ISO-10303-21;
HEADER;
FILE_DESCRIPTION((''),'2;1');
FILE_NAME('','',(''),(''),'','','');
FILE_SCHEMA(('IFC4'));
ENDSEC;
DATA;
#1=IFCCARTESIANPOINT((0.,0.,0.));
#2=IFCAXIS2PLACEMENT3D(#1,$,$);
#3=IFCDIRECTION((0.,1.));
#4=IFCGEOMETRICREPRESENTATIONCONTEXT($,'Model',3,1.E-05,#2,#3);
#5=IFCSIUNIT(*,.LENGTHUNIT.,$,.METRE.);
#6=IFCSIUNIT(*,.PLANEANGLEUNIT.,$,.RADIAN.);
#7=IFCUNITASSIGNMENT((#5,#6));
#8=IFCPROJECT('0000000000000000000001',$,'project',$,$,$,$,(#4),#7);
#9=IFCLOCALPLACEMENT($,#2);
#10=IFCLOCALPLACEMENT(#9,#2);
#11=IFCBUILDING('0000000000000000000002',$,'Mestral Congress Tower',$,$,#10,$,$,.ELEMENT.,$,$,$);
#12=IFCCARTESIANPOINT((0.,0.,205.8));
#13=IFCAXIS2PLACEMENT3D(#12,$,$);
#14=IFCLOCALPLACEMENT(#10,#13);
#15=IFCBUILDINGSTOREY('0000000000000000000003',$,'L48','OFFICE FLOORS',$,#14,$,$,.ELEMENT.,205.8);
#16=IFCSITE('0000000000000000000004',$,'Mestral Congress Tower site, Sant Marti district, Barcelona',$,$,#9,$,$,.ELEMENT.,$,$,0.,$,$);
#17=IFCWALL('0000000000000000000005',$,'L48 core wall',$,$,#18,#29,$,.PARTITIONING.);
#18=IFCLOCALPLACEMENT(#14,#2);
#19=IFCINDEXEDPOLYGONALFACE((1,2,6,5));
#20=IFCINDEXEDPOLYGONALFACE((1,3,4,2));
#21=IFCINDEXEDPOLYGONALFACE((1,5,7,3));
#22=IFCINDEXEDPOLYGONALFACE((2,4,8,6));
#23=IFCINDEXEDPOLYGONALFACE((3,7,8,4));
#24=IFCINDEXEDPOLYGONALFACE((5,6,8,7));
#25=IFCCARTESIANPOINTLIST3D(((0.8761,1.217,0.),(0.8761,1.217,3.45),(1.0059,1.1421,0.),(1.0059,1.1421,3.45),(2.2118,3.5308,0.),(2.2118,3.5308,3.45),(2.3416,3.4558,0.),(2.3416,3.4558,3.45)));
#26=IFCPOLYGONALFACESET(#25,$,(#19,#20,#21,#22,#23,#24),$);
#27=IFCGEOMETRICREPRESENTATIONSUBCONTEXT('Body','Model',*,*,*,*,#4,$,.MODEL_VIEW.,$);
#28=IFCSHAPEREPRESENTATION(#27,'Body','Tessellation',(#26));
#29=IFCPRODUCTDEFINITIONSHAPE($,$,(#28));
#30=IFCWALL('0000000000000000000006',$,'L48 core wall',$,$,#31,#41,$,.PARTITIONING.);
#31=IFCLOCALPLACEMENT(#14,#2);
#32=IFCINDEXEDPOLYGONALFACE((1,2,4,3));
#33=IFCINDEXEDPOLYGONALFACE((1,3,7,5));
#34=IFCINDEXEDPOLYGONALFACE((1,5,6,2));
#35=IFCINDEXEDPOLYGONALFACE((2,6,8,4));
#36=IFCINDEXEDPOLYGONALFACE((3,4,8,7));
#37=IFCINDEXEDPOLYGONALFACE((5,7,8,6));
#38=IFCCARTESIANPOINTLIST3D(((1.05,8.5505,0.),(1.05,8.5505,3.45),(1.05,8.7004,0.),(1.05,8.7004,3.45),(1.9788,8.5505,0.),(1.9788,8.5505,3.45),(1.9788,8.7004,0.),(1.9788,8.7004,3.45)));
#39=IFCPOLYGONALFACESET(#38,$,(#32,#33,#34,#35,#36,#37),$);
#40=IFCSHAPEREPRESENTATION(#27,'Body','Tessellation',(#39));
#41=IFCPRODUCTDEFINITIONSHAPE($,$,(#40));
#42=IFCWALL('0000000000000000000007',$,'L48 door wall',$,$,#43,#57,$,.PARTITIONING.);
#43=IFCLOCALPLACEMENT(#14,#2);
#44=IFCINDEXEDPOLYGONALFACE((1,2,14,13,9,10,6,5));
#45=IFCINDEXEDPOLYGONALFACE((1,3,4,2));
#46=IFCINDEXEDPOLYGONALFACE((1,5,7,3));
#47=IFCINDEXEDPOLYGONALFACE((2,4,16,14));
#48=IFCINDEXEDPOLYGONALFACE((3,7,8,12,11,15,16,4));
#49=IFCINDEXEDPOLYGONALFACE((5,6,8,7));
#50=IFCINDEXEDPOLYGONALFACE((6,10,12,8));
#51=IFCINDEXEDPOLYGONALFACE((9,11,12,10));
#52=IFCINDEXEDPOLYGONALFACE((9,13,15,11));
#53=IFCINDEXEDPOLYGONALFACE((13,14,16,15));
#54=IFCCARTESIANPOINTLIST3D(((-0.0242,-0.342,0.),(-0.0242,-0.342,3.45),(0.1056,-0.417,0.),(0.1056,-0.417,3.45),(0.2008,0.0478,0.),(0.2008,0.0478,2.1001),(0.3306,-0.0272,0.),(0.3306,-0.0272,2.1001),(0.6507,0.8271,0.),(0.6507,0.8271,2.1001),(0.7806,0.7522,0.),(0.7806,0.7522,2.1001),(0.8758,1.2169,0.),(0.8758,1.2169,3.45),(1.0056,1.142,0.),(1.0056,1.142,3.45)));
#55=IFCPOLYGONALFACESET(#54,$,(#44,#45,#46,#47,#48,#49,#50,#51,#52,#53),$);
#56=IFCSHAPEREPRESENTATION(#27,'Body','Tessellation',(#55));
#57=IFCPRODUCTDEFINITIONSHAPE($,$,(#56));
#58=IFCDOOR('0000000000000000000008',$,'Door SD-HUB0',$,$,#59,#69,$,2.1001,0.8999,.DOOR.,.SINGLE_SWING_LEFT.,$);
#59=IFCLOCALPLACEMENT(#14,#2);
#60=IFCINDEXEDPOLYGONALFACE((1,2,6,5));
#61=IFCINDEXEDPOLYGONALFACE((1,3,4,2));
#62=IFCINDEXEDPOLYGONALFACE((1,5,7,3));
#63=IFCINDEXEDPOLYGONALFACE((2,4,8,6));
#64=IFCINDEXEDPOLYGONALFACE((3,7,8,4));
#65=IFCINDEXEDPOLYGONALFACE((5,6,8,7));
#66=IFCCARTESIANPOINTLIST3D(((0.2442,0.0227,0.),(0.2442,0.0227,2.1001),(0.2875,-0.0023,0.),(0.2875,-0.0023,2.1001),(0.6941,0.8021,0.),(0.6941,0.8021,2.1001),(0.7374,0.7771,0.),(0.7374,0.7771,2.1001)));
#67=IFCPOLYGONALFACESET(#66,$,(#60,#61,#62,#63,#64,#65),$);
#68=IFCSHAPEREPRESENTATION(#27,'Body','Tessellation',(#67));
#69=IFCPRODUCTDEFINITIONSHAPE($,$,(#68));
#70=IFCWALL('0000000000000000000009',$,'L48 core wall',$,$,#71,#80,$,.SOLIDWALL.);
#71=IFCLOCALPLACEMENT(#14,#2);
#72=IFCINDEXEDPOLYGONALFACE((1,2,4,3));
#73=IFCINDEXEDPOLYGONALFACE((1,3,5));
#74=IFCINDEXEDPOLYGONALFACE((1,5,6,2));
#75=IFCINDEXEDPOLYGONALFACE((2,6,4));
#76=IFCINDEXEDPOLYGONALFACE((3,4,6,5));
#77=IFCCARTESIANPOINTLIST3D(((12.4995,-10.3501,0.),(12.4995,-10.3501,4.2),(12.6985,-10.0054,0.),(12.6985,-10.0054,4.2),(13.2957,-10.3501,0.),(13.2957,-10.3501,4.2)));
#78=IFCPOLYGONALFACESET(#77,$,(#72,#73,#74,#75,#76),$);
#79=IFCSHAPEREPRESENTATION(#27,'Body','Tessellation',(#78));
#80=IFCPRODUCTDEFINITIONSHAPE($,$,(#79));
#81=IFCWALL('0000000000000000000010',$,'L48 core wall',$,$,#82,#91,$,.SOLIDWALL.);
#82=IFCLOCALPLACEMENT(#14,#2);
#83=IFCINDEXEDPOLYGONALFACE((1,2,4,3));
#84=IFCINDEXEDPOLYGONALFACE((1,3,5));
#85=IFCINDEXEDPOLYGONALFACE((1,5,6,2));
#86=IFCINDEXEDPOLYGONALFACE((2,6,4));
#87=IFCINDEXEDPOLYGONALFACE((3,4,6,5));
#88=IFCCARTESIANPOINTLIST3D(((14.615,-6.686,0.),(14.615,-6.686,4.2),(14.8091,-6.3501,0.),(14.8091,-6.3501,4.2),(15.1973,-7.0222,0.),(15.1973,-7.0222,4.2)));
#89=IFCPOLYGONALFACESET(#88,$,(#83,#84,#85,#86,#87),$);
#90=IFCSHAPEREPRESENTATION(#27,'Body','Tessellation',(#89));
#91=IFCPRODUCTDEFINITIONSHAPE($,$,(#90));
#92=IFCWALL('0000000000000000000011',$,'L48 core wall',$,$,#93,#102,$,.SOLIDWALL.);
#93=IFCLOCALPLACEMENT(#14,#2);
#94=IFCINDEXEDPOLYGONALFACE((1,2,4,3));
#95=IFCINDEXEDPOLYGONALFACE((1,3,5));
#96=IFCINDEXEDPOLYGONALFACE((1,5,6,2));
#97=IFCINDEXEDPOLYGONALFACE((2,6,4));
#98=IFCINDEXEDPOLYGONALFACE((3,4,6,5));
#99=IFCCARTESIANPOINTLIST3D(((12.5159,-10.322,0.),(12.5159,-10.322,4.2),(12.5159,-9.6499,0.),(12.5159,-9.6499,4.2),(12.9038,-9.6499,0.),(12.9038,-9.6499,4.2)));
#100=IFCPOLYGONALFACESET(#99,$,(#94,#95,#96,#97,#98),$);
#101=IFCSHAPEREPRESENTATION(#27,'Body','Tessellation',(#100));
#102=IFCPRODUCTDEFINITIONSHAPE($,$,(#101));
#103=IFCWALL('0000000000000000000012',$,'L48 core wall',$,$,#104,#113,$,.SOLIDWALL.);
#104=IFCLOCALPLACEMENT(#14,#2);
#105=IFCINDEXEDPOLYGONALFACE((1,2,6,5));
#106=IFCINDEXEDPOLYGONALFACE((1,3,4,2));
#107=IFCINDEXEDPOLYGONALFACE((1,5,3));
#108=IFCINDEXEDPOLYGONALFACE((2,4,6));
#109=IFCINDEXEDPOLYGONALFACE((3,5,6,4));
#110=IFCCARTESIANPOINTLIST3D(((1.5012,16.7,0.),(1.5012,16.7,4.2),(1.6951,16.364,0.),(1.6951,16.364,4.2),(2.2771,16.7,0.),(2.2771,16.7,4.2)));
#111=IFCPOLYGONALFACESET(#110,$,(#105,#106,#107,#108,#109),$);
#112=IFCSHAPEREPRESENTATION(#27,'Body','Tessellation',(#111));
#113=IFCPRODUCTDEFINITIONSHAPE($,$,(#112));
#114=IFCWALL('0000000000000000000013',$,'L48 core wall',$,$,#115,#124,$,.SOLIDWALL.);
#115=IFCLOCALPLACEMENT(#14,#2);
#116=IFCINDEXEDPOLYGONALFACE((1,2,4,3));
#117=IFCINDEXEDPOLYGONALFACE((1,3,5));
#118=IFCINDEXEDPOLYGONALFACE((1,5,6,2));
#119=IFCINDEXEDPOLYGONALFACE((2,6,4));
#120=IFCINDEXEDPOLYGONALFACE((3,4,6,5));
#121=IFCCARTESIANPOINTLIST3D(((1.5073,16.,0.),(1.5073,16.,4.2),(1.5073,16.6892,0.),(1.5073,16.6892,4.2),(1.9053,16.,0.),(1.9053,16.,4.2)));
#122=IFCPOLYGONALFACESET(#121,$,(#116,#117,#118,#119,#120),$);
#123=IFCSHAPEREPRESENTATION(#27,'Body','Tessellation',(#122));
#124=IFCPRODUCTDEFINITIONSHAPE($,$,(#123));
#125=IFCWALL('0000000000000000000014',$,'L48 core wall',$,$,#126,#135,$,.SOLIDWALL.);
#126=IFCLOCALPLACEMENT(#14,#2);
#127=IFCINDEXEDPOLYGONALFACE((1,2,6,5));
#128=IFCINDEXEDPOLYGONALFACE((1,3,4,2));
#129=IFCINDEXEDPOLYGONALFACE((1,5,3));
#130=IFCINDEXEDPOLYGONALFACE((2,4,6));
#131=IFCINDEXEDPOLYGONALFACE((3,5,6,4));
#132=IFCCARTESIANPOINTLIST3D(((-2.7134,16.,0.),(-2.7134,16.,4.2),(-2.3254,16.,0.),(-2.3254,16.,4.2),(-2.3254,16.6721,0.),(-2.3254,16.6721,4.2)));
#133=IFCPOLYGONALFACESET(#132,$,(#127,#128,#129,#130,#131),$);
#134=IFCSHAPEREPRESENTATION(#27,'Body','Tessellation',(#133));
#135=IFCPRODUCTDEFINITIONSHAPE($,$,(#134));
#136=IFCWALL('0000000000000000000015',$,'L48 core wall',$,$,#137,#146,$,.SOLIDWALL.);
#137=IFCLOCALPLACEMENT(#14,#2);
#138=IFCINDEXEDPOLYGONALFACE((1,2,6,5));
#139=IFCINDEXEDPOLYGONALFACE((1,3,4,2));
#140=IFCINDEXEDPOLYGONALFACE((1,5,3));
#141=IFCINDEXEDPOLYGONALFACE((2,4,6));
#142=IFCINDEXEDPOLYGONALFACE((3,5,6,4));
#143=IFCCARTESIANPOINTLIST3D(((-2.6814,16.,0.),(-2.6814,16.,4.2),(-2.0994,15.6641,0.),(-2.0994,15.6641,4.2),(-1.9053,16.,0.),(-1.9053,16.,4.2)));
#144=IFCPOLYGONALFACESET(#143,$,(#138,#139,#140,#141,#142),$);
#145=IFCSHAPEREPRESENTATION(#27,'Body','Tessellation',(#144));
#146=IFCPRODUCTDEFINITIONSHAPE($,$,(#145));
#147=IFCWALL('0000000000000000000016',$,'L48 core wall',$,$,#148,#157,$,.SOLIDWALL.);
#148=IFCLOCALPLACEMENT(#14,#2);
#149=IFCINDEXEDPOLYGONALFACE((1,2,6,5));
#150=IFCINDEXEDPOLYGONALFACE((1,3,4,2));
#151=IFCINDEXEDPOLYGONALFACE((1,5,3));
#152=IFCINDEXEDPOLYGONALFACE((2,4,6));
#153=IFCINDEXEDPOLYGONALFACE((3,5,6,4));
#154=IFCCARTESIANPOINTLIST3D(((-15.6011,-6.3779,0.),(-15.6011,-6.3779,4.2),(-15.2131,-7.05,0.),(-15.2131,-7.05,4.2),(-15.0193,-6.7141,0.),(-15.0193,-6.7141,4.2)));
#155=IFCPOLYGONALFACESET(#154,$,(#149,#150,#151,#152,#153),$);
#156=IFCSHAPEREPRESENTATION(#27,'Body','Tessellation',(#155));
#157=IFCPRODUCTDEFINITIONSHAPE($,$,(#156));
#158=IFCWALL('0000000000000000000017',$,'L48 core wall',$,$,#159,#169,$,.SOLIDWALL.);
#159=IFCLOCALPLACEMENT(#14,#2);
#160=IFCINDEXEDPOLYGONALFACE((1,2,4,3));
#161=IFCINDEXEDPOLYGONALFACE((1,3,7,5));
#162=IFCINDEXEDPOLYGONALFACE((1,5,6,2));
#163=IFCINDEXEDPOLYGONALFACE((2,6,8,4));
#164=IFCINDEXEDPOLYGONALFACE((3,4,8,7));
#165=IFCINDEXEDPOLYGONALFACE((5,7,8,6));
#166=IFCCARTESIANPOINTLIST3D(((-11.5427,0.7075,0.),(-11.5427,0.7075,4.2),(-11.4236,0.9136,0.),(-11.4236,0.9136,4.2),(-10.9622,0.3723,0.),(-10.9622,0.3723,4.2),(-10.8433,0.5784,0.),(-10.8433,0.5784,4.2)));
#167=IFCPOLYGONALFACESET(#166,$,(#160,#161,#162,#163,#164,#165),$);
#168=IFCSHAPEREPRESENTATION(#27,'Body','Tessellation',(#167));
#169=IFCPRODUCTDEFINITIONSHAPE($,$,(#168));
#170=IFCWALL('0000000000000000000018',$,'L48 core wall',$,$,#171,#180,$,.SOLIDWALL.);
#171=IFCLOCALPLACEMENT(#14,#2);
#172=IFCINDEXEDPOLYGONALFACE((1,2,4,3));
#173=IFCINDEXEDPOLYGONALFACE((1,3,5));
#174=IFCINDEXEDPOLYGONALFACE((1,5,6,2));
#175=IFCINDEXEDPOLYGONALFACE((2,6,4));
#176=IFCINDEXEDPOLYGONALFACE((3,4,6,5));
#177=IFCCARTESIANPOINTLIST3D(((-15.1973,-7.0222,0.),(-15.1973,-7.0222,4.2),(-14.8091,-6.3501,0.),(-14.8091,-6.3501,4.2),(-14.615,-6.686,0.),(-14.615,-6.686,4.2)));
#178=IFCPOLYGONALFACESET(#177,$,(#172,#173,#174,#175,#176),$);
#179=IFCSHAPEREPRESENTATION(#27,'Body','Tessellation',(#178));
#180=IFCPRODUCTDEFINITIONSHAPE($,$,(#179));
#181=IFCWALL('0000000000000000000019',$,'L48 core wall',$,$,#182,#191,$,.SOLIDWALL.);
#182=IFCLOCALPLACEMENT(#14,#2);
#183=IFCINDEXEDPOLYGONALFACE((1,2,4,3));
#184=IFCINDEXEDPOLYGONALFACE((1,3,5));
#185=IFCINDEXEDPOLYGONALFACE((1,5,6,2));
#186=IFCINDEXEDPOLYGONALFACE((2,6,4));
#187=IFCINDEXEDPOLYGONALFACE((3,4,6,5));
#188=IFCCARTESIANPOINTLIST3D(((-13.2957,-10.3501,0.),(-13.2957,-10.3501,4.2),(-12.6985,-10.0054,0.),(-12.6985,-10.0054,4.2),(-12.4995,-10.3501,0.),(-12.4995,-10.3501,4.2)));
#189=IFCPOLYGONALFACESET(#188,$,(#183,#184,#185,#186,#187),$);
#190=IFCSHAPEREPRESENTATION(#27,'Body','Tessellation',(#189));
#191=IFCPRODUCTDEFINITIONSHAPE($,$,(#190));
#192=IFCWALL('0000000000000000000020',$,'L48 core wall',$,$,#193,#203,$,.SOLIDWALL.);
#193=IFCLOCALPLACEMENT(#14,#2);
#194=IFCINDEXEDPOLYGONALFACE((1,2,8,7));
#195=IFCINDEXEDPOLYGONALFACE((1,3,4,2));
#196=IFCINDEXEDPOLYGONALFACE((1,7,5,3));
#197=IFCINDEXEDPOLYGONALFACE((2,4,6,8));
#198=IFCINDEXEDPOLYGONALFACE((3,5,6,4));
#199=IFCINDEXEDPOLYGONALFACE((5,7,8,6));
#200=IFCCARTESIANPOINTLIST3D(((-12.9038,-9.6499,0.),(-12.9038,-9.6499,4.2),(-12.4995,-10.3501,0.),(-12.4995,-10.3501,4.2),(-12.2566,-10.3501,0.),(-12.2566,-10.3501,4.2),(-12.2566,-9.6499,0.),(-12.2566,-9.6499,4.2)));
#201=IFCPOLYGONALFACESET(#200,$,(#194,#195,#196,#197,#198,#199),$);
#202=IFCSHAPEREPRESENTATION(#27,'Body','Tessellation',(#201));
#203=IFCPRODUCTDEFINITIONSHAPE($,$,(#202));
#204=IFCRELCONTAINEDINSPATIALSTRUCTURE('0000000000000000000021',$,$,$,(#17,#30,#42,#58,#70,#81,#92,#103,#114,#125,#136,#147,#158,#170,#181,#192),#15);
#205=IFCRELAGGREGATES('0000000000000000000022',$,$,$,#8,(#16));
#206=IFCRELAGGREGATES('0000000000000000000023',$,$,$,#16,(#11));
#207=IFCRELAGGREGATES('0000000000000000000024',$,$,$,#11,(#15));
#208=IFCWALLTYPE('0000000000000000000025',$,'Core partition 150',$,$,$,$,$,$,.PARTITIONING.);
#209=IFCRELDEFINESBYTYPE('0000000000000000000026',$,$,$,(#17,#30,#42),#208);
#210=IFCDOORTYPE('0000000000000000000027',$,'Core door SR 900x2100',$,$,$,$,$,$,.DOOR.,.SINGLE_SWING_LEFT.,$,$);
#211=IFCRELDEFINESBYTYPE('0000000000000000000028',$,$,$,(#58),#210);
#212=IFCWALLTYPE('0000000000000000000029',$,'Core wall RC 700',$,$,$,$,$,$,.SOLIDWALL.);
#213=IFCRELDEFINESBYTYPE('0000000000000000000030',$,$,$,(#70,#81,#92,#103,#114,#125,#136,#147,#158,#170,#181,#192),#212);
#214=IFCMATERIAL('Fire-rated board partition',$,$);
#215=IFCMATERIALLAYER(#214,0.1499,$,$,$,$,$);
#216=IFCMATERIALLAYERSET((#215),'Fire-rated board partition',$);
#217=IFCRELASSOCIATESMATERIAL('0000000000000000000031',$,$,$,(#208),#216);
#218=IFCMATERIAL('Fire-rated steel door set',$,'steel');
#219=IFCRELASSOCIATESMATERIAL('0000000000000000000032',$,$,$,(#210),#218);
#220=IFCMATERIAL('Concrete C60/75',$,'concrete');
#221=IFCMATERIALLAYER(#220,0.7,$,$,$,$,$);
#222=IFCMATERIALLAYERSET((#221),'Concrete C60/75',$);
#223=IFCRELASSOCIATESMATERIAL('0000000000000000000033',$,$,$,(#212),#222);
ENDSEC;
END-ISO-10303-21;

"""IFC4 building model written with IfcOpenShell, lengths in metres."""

from ifc_helpers import new_model, si_unit, direction, frame, frame_2d, origin, place, context, subcontext, project, spatial, polyline, rectangle, outline, extrude, material, layer, layer_set, type_object, element, fill, save


model = new_model("IFC4")

# Units and contexts
model_context = context("Model", 3, precision=1e-05, world=origin(), true_north=direction((0.0, 1.0)))
body_context = subcontext(model_context, "Body", "Model", "MODEL_VIEW")
ifc_project = project(units=[si_unit("LENGTHUNIT", "METRE"), si_unit("PLANEANGLEUNIT", "RADIAN")], contexts=[model_context])

# Site, building, storey
site_placement = place(None, origin())
site = spatial("IfcSite", under=ifc_project, at=site_placement, Name="Mestral Congress Tower site, Sant Marti district, Barcelona", CompositionType="ELEMENT", RefElevation=0.0)
building_placement = place(site_placement, origin())
building = spatial("IfcBuilding", under=site, at=building_placement, Name="Mestral Congress Tower", CompositionType="ELEMENT")
storey_placement = place(building_placement, frame((0.0, 0.0, 205.8)))
storey = spatial("IfcBuildingStorey", under=building, at=storey_placement, Name="L48", Description="OFFICE FLOORS", CompositionType="ELEMENT", Elevation=205.8)

# Walls
ifc_material_1 = material(Name="Fire-rated board partition")
ifc_layer_1 = layer(ifc_material_1, 0.1499)
ifc_layer_set_1 = layer_set([ifc_layer_1], Name="Fire-rated board partition")
wall_type_1 = type_object("IfcWallType", Name="Core partition 150", PredefinedType="PARTITIONING", material=ifc_layer_set_1)
wall_1_placement = place(storey_placement, frame((0.9409, 1.1794, 0.0), z_axis=(0.0, 0.0, 1.0), x_axis=(0.499962, 0.866047, 0.0)))
element("IfcWall", 1, at=wall_1_placement, inside=storey, type_object=wall_type_1, Name="L48 core wall", PredefinedType="PARTITIONING", context=body_context, shape_type="SweptSolid", body=[
    extrude(rectangle(XDim=2.6716, YDim=0.1499, at=frame_2d((1.3359, 0.0))), origin(), (0.0, 0.0, 1.0), 3.45),
])
wall_2_placement = place(storey_placement, frame((1.05, 8.6255, 0.0), z_axis=(0.0, 0.0, 1.0), x_axis=(1.0, 0.0, 0.0)))
element("IfcWall", 2, at=wall_2_placement, inside=storey, type_object=wall_type_1, Name="L48 core wall", PredefinedType="PARTITIONING", context=body_context, shape_type="SweptSolid", body=[
    extrude(rectangle(XDim=0.9287, YDim=0.1499, at=frame_2d((0.4644, 0.0))), origin(), (0.0, 0.0, 1.0), 3.45),
])

# Wall, opening, door
wall_3_placement = place(storey_placement, frame((0.0408, -0.3794, 0.0), z_axis=(0.0, 0.0, 1.0), x_axis=(0.499961, 0.866048, 0.0)))
wall_3 = element("IfcWall", 3, at=wall_3_placement, inside=storey, type_object=wall_type_1, Name="L48 door wall", PredefinedType="PARTITIONING", context=body_context, shape_type="SweptSolid", body=[
    extrude(rectangle(XDim=1.8, YDim=0.1499, at=frame_2d((0.8999, 0.0))), origin(), (0.0, 0.0, 1.0), 3.45),
])
opening_placement = place(wall_3_placement, frame((0.45, 0.0, 0.0)))
opening = element("IfcOpeningElement", 4, at=opening_placement, cuts=wall_3, PredefinedType="OPENING", context=body_context, shape_type="SweptSolid", body=[
    extrude(rectangle(XDim=0.8999, YDim=2.1001, at=frame_2d((0.45, 1.05))), frame((0.0, 0.085, 0.0), z_axis=(0.0, -1.0, 0.0), x_axis=(1.0, 0.0, 0.0)), (0.0, 0.0, 1.0), 0.1699),
])
ifc_material_2 = material(Name="Fire-rated steel door set", Category="steel")
door_type = type_object("IfcDoorType", Name="Core door SR 900x2100", OperationType="SINGLE_SWING_LEFT", PredefinedType="DOOR", material=ifc_material_2)
door_placement = place(opening_placement, origin())
door = element("IfcDoor", 5, at=door_placement, inside=storey, type_object=door_type, Name="Door SD-HUB0", OperationType="SINGLE_SWING_LEFT", OverallHeight=2.1001, OverallWidth=0.8999, PredefinedType="DOOR", context=body_context, shape_type="SweptSolid", body=[
    extrude(rectangle(XDim=0.8999, YDim=2.1001, at=frame_2d((0.45, 1.05))), frame((0.0, 0.0249, 0.0), z_axis=(0.0, -1.0, 0.0), x_axis=(1.0, 0.0, 0.0)), (0.0, 0.0, 1.0), 0.05),
])
fill(opening, door)

# Walls
ifc_material_3 = material(Name="Concrete C60/75", Category="concrete")
ifc_layer_2 = layer(ifc_material_3, 0.7)
ifc_layer_set_2 = layer_set([ifc_layer_2], Name="Concrete C60/75")
wall_type_2 = type_object("IfcWallType", Name="Core wall RC 700", PredefinedType="SOLIDWALL", material=ifc_layer_set_2)
placement = place(storey_placement, origin())
element("IfcWall", 6, at=placement, inside=storey, type_object=wall_type_2, Name="L48 core wall", PredefinedType="SOLIDWALL", context=body_context, shape_type="SweptSolid", body=[
    extrude(outline(polyline([(12.6985, -10.0054), (13.2957, -10.3501), (12.4995, -10.3501), (12.6985, -10.0054)])), origin(), (0.0, 0.0, 1.0), 4.2),
])
element("IfcWall", 7, at=placement, inside=storey, type_object=wall_type_2, Name="L48 core wall", PredefinedType="SOLIDWALL", context=body_context, shape_type="SweptSolid", body=[
    extrude(outline(polyline([(14.8091, -6.3501), (15.1973, -7.0222), (14.615, -6.686), (14.8091, -6.3501)])), origin(), (0.0, 0.0, 1.0), 4.2),
])
element("IfcWall", 8, at=placement, inside=storey, type_object=wall_type_2, Name="L48 core wall", PredefinedType="SOLIDWALL", context=body_context, shape_type="SweptSolid", body=[
    extrude(outline(polyline([(12.9038, -9.6499), (12.5159, -10.322), (12.5159, -9.6499), (12.9038, -9.6499)])), origin(), (0.0, 0.0, 1.0), 4.2),
])
element("IfcWall", 9, at=placement, inside=storey, type_object=wall_type_2, Name="L48 core wall", PredefinedType="SOLIDWALL", context=body_context, shape_type="SweptSolid", body=[
    extrude(outline(polyline([(1.5012, 16.7), (2.2771, 16.7), (1.6951, 16.364), (1.5012, 16.7)])), origin(), (0.0, 0.0, 1.0), 4.2),
])
element("IfcWall", 10, at=placement, inside=storey, type_object=wall_type_2, Name="L48 core wall", PredefinedType="SOLIDWALL", context=body_context, shape_type="SweptSolid", body=[
    extrude(outline(polyline([(1.9053, 16.0), (1.5073, 16.0), (1.5073, 16.6892), (1.9053, 16.0)])), origin(), (0.0, 0.0, 1.0), 4.2),
])
element("IfcWall", 11, at=placement, inside=storey, type_object=wall_type_2, Name="L48 core wall", PredefinedType="SOLIDWALL", context=body_context, shape_type="SweptSolid", body=[
    extrude(outline(polyline([(-2.7134, 16.0), (-2.3254, 16.6721), (-2.3254, 16.0), (-2.7134, 16.0)])), origin(), (0.0, 0.0, 1.0), 4.2),
])
element("IfcWall", 12, at=placement, inside=storey, type_object=wall_type_2, Name="L48 core wall", PredefinedType="SOLIDWALL", context=body_context, shape_type="SweptSolid", body=[
    extrude(outline(polyline([(-1.9053, 16.0), (-2.0994, 15.6641), (-2.6814, 16.0), (-1.9053, 16.0)])), origin(), (0.0, 0.0, 1.0), 4.2),
])
element("IfcWall", 13, at=placement, inside=storey, type_object=wall_type_2, Name="L48 core wall", PredefinedType="SOLIDWALL", context=body_context, shape_type="SweptSolid", body=[
    extrude(outline(polyline([(-15.2131, -7.05), (-15.6011, -6.3779), (-15.0193, -6.7141), (-15.2131, -7.05)])), origin(), (0.0, 0.0, 1.0), 4.2),
])
element("IfcWall", 14, at=placement, inside=storey, type_object=wall_type_2, Name="L48 core wall", PredefinedType="SOLIDWALL", context=body_context, shape_type="SweptSolid", body=[
    extrude(outline(polyline([(-11.5427, 0.7075), (-11.4236, 0.9136), (-10.8433, 0.5784), (-10.9622, 0.3723), (-11.5427, 0.7075)])), origin(), (0.0, 0.0, 1.0), 4.2),
])
element("IfcWall", 15, at=placement, inside=storey, type_object=wall_type_2, Name="L48 core wall", PredefinedType="SOLIDWALL", context=body_context, shape_type="SweptSolid", body=[
    extrude(outline(polyline([(-14.8091, -6.3501), (-14.615, -6.686), (-15.1973, -7.0222), (-14.8091, -6.3501)])), origin(), (0.0, 0.0, 1.0), 4.2),
])
element("IfcWall", 16, at=placement, inside=storey, type_object=wall_type_2, Name="L48 core wall", PredefinedType="SOLIDWALL", context=body_context, shape_type="SweptSolid", body=[
    extrude(outline(polyline([(-12.4995, -10.3501), (-13.2957, -10.3501), (-12.6985, -10.0054), (-12.4995, -10.3501)])), origin(), (0.0, 0.0, 1.0), 4.2),
])
element("IfcWall", 17, at=placement, inside=storey, type_object=wall_type_2, Name="L48 core wall", PredefinedType="SOLIDWALL", context=body_context, shape_type="SweptSolid", body=[
    extrude(outline(polyline([(-12.2566, -10.3501), (-12.4995, -10.3501), (-12.9038, -9.6499), (-12.2566, -9.6499), (-12.2566, -10.3501)])), origin(), (0.0, 0.0, 1.0), 4.2),
])

save(model, "model.ifc")
